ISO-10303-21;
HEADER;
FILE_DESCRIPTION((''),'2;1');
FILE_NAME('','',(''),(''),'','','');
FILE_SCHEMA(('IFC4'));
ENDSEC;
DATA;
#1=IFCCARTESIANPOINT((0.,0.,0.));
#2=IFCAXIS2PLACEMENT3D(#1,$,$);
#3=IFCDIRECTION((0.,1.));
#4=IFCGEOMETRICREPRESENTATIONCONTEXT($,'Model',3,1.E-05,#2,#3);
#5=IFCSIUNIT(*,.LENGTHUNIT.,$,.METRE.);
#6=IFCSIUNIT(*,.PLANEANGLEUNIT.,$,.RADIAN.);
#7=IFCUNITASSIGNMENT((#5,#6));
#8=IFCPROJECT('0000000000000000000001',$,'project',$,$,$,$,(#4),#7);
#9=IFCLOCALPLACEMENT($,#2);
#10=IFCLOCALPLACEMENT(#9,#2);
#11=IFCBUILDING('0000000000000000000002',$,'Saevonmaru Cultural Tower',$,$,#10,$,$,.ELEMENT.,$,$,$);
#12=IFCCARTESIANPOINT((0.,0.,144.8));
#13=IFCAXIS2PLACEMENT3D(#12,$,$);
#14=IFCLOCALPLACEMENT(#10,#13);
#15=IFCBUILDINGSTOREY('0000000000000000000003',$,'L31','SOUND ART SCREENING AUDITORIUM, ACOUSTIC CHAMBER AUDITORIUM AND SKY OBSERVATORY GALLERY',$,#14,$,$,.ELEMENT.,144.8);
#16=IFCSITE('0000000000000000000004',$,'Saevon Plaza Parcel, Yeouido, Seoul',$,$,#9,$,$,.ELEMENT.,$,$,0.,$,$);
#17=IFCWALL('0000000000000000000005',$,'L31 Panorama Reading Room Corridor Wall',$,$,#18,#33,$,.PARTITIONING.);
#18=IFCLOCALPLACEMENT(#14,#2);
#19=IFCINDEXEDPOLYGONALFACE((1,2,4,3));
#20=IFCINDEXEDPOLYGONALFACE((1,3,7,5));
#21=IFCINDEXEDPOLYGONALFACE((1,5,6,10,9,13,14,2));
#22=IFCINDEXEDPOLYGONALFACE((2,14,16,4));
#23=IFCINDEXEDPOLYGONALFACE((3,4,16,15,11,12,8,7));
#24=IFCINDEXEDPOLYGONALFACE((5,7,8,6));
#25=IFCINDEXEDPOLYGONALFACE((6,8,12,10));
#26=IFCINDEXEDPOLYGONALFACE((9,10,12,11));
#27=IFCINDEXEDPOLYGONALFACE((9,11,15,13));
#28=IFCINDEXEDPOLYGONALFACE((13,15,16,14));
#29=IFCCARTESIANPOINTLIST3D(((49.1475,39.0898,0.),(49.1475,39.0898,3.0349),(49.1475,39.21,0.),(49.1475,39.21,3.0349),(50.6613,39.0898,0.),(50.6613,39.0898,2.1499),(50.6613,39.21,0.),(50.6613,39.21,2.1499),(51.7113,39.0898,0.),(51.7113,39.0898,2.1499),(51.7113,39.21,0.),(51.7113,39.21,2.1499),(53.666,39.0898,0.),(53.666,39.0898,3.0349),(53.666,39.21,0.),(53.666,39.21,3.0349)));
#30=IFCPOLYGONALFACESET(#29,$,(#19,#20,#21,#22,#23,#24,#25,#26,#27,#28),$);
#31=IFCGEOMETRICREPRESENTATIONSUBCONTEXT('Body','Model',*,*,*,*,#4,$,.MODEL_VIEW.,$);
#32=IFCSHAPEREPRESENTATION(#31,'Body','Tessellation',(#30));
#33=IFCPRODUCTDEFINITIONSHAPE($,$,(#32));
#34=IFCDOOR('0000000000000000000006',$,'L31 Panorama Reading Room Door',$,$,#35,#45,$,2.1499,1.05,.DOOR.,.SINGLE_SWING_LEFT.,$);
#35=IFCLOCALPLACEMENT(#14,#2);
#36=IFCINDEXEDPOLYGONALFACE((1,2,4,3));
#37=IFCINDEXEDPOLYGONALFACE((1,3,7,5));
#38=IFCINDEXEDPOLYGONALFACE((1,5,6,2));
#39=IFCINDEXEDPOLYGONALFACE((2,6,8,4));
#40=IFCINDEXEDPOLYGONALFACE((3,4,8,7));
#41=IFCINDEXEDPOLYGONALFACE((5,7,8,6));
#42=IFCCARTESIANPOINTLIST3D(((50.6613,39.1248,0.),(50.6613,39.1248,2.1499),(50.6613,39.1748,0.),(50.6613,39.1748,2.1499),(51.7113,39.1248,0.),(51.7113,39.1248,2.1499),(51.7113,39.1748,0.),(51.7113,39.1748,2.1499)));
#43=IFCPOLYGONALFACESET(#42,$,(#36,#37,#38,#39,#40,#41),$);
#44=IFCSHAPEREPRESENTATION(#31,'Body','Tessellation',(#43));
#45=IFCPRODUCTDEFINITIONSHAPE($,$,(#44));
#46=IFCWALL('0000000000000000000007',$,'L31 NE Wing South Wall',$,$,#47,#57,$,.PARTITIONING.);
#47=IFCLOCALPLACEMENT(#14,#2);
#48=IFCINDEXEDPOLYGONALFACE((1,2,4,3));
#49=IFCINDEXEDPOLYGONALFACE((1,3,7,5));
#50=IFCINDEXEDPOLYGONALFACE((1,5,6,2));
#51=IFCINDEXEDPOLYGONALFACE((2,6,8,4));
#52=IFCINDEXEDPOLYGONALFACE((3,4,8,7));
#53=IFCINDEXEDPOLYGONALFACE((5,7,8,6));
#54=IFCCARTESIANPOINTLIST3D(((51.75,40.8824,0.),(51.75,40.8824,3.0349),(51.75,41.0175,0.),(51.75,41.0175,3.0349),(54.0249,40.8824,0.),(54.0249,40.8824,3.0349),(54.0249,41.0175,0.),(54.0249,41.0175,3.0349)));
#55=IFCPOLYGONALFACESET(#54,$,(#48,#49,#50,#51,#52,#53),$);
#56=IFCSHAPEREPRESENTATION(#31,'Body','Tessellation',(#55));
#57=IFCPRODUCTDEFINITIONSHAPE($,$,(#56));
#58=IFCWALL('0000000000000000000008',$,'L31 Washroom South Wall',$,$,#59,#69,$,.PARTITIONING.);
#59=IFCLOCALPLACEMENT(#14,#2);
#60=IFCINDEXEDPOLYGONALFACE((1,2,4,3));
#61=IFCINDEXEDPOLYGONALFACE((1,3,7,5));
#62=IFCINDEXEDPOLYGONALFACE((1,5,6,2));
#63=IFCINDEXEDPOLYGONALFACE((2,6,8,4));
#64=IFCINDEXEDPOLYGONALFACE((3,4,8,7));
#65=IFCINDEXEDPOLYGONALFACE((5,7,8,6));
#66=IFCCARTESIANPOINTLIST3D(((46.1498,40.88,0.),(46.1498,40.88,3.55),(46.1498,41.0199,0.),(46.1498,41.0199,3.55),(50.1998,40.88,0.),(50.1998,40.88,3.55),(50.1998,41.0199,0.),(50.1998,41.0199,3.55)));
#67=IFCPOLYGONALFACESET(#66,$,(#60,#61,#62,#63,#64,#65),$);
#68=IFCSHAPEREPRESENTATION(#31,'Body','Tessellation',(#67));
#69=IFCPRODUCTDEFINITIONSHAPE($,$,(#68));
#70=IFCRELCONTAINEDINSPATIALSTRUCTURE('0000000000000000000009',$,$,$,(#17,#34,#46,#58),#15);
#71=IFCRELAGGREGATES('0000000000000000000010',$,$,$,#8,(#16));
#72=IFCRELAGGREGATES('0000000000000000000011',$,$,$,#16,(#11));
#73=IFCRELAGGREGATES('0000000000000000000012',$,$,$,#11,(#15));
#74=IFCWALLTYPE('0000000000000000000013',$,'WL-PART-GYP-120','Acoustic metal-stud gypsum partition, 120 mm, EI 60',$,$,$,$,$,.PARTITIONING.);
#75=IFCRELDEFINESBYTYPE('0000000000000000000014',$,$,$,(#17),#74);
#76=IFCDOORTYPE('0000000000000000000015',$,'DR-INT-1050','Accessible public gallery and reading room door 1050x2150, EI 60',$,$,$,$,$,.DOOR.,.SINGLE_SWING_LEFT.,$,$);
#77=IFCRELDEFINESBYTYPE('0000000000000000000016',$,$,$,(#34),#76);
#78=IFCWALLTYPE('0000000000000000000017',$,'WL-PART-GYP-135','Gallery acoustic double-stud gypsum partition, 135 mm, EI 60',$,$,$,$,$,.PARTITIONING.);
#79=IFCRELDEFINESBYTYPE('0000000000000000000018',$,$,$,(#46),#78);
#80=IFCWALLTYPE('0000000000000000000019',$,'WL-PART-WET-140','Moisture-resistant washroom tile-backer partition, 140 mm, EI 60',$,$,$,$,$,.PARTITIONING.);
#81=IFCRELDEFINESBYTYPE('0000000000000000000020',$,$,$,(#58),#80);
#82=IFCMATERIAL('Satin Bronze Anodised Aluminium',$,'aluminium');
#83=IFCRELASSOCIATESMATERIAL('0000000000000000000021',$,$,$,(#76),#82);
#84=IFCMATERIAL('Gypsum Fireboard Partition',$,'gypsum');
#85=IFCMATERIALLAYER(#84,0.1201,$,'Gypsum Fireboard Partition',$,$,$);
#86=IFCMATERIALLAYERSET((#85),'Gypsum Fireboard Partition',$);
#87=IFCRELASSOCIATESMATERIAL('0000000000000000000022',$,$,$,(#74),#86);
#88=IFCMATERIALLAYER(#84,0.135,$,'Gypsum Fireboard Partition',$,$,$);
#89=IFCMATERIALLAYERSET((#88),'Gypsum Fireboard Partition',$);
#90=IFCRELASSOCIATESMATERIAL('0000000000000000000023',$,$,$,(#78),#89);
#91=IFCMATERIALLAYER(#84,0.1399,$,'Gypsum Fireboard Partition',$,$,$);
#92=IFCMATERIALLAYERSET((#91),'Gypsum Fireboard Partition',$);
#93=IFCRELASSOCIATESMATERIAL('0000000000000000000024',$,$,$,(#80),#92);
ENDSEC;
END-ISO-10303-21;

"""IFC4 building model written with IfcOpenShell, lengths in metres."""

from ifc_helpers import new_model, si_unit, direction, frame, frame_2d, origin, place, context, subcontext, project, spatial, rectangle, extrude, material, layer, layer_set, type_object, element, fill, save


model = new_model("IFC4")

# Units and contexts
model_context = context("Model", 3, precision=1e-05, world=origin(), true_north=direction((0.0, 1.0)))
body_context = subcontext(model_context, "Body", "Model", "MODEL_VIEW")
ifc_project = project(units=[si_unit("LENGTHUNIT", "METRE"), si_unit("PLANEANGLEUNIT", "RADIAN")], contexts=[model_context])

# Site, building, storey
site_placement = place(None, origin())
site = spatial("IfcSite", under=ifc_project, at=site_placement, Name="Saevon Plaza Parcel, Yeouido, Seoul", CompositionType="ELEMENT", RefElevation=0.0)
building_placement = place(site_placement, origin())
building = spatial("IfcBuilding", under=site, at=building_placement, Name="Saevonmaru Cultural Tower", CompositionType="ELEMENT")
storey_placement = place(building_placement, frame((0.0, 0.0, 144.8)))
storey = spatial("IfcBuildingStorey", under=building, at=storey_placement, Name="L31", Description="SOUND ART SCREENING AUDITORIUM, ACOUSTIC CHAMBER AUDITORIUM AND SKY OBSERVATORY GALLERY", CompositionType="ELEMENT", Elevation=144.8)

# Shared definitions
ifc_material_1 = material(Name="Satin Bronze Anodised Aluminium", Category="aluminium")

# Shared definitions
ifc_material_2 = material(Name="Gypsum Fireboard Partition", Category="gypsum")

# Wall, opening, door
door_type_1 = type_object("IfcDoorType", Name="DR-INT-1050", Description="Accessible public gallery and reading room door 1050x2150, EI 60", OperationType="SINGLE_SWING_LEFT", PredefinedType="DOOR", material=ifc_material_1)
ifc_layer_1 = layer(ifc_material_2, 0.1201, Name="Gypsum Fireboard Partition")
ifc_layer_set_1 = layer_set([ifc_layer_1], Name="Gypsum Fireboard Partition")
wall_type_1 = type_object("IfcWallType", Name="WL-PART-GYP-120", Description="Acoustic metal-stud gypsum partition, 120 mm, EI 60", PredefinedType="PARTITIONING", material=ifc_layer_set_1)
wall_1_placement = place(storey_placement, frame((49.1475, 39.1499, 0.0), z_axis=(0.0, 0.0, 1.0), x_axis=(1.0, 0.0, 0.0)))
wall_1 = element("IfcWall", 1, at=wall_1_placement, inside=storey, type_object=wall_type_1, Name="L31 Panorama Reading Room Corridor Wall", PredefinedType="PARTITIONING", context=body_context, shape_type="SweptSolid", body=[
    extrude(rectangle(XDim=4.5186, YDim=0.1201, at=frame_2d((2.2593, 0.0))), origin(), (0.0, 0.0, 1.0), 3.0349),
])
opening_1_placement = place(wall_1_placement, frame((1.5139, 0.0, 0.0)))
opening_1 = element("IfcOpeningElement", 2, at=opening_1_placement, cuts=wall_1, PredefinedType="OPENING", context=body_context, shape_type="SweptSolid", body=[
    extrude(rectangle(XDim=1.05, YDim=2.1499, at=frame_2d((0.5249, 1.075))), frame((0.0, 0.0701, 0.0), z_axis=(0.0, -1.0, 0.0), x_axis=(1.0, 0.0, 0.0)), (0.0, 0.0, 1.0), 0.1401),
])
door_1_placement = place(opening_1_placement, origin())
door_1 = element("IfcDoor", 3, at=door_1_placement, inside=storey, type_object=door_type_1, Name="L31 Panorama Reading Room Door", OperationType="SINGLE_SWING_LEFT", OverallHeight=2.1499, OverallWidth=1.05, PredefinedType="DOOR", context=body_context, shape_type="SweptSolid", body=[
    extrude(rectangle(XDim=1.05, YDim=2.1499, at=frame_2d((0.5249, 1.075))), frame((0.0, 0.0249, 0.0), z_axis=(0.0, -1.0, 0.0), x_axis=(1.0, 0.0, 0.0)), (0.0, 0.0, 1.0), 0.05),
])
fill(opening_1, door_1)

# Walls
ifc_layer_2 = layer(ifc_material_2, 0.135, Name="Gypsum Fireboard Partition")
ifc_layer_set_2 = layer_set([ifc_layer_2], Name="Gypsum Fireboard Partition")
wall_type_2 = type_object("IfcWallType", Name="WL-PART-GYP-135", Description="Gallery acoustic double-stud gypsum partition, 135 mm, EI 60", PredefinedType="PARTITIONING", material=ifc_layer_set_2)
wall_2_placement = place(storey_placement, frame((51.75, 40.95, 0.0), z_axis=(0.0, 0.0, 1.0), x_axis=(1.0, 0.0, 0.0)))
element("IfcWall", 4, at=wall_2_placement, inside=storey, type_object=wall_type_2, Name="L31 NE Wing South Wall", PredefinedType="PARTITIONING", context=body_context, shape_type="SweptSolid", body=[
    extrude(rectangle(XDim=2.2749, YDim=0.135, at=frame_2d((1.1375, 0.0))), origin(), (0.0, 0.0, 1.0), 3.0349),
])
ifc_layer_3 = layer(ifc_material_2, 0.1399, Name="Gypsum Fireboard Partition")
ifc_layer_set_3 = layer_set([ifc_layer_3], Name="Gypsum Fireboard Partition")
wall_type_3 = type_object("IfcWallType", Name="WL-PART-WET-140", Description="Moisture-resistant washroom tile-backer partition, 140 mm, EI 60", PredefinedType="PARTITIONING", material=ifc_layer_set_3)
wall_3_placement = place(storey_placement, frame((46.1499, 40.95, 0.0), z_axis=(0.0, 0.0, 1.0), x_axis=(1.0, 0.0, 0.0)))
element("IfcWall", 5, at=wall_3_placement, inside=storey, type_object=wall_type_3, Name="L31 Washroom South Wall", PredefinedType="PARTITIONING", context=body_context, shape_type="SweptSolid", body=[
    extrude(rectangle(XDim=4.05, YDim=0.1399, at=frame_2d((2.0249, 0.0))), origin(), (0.0, 0.0, 1.0), 3.55),
])

save(model, "model.ifc")
